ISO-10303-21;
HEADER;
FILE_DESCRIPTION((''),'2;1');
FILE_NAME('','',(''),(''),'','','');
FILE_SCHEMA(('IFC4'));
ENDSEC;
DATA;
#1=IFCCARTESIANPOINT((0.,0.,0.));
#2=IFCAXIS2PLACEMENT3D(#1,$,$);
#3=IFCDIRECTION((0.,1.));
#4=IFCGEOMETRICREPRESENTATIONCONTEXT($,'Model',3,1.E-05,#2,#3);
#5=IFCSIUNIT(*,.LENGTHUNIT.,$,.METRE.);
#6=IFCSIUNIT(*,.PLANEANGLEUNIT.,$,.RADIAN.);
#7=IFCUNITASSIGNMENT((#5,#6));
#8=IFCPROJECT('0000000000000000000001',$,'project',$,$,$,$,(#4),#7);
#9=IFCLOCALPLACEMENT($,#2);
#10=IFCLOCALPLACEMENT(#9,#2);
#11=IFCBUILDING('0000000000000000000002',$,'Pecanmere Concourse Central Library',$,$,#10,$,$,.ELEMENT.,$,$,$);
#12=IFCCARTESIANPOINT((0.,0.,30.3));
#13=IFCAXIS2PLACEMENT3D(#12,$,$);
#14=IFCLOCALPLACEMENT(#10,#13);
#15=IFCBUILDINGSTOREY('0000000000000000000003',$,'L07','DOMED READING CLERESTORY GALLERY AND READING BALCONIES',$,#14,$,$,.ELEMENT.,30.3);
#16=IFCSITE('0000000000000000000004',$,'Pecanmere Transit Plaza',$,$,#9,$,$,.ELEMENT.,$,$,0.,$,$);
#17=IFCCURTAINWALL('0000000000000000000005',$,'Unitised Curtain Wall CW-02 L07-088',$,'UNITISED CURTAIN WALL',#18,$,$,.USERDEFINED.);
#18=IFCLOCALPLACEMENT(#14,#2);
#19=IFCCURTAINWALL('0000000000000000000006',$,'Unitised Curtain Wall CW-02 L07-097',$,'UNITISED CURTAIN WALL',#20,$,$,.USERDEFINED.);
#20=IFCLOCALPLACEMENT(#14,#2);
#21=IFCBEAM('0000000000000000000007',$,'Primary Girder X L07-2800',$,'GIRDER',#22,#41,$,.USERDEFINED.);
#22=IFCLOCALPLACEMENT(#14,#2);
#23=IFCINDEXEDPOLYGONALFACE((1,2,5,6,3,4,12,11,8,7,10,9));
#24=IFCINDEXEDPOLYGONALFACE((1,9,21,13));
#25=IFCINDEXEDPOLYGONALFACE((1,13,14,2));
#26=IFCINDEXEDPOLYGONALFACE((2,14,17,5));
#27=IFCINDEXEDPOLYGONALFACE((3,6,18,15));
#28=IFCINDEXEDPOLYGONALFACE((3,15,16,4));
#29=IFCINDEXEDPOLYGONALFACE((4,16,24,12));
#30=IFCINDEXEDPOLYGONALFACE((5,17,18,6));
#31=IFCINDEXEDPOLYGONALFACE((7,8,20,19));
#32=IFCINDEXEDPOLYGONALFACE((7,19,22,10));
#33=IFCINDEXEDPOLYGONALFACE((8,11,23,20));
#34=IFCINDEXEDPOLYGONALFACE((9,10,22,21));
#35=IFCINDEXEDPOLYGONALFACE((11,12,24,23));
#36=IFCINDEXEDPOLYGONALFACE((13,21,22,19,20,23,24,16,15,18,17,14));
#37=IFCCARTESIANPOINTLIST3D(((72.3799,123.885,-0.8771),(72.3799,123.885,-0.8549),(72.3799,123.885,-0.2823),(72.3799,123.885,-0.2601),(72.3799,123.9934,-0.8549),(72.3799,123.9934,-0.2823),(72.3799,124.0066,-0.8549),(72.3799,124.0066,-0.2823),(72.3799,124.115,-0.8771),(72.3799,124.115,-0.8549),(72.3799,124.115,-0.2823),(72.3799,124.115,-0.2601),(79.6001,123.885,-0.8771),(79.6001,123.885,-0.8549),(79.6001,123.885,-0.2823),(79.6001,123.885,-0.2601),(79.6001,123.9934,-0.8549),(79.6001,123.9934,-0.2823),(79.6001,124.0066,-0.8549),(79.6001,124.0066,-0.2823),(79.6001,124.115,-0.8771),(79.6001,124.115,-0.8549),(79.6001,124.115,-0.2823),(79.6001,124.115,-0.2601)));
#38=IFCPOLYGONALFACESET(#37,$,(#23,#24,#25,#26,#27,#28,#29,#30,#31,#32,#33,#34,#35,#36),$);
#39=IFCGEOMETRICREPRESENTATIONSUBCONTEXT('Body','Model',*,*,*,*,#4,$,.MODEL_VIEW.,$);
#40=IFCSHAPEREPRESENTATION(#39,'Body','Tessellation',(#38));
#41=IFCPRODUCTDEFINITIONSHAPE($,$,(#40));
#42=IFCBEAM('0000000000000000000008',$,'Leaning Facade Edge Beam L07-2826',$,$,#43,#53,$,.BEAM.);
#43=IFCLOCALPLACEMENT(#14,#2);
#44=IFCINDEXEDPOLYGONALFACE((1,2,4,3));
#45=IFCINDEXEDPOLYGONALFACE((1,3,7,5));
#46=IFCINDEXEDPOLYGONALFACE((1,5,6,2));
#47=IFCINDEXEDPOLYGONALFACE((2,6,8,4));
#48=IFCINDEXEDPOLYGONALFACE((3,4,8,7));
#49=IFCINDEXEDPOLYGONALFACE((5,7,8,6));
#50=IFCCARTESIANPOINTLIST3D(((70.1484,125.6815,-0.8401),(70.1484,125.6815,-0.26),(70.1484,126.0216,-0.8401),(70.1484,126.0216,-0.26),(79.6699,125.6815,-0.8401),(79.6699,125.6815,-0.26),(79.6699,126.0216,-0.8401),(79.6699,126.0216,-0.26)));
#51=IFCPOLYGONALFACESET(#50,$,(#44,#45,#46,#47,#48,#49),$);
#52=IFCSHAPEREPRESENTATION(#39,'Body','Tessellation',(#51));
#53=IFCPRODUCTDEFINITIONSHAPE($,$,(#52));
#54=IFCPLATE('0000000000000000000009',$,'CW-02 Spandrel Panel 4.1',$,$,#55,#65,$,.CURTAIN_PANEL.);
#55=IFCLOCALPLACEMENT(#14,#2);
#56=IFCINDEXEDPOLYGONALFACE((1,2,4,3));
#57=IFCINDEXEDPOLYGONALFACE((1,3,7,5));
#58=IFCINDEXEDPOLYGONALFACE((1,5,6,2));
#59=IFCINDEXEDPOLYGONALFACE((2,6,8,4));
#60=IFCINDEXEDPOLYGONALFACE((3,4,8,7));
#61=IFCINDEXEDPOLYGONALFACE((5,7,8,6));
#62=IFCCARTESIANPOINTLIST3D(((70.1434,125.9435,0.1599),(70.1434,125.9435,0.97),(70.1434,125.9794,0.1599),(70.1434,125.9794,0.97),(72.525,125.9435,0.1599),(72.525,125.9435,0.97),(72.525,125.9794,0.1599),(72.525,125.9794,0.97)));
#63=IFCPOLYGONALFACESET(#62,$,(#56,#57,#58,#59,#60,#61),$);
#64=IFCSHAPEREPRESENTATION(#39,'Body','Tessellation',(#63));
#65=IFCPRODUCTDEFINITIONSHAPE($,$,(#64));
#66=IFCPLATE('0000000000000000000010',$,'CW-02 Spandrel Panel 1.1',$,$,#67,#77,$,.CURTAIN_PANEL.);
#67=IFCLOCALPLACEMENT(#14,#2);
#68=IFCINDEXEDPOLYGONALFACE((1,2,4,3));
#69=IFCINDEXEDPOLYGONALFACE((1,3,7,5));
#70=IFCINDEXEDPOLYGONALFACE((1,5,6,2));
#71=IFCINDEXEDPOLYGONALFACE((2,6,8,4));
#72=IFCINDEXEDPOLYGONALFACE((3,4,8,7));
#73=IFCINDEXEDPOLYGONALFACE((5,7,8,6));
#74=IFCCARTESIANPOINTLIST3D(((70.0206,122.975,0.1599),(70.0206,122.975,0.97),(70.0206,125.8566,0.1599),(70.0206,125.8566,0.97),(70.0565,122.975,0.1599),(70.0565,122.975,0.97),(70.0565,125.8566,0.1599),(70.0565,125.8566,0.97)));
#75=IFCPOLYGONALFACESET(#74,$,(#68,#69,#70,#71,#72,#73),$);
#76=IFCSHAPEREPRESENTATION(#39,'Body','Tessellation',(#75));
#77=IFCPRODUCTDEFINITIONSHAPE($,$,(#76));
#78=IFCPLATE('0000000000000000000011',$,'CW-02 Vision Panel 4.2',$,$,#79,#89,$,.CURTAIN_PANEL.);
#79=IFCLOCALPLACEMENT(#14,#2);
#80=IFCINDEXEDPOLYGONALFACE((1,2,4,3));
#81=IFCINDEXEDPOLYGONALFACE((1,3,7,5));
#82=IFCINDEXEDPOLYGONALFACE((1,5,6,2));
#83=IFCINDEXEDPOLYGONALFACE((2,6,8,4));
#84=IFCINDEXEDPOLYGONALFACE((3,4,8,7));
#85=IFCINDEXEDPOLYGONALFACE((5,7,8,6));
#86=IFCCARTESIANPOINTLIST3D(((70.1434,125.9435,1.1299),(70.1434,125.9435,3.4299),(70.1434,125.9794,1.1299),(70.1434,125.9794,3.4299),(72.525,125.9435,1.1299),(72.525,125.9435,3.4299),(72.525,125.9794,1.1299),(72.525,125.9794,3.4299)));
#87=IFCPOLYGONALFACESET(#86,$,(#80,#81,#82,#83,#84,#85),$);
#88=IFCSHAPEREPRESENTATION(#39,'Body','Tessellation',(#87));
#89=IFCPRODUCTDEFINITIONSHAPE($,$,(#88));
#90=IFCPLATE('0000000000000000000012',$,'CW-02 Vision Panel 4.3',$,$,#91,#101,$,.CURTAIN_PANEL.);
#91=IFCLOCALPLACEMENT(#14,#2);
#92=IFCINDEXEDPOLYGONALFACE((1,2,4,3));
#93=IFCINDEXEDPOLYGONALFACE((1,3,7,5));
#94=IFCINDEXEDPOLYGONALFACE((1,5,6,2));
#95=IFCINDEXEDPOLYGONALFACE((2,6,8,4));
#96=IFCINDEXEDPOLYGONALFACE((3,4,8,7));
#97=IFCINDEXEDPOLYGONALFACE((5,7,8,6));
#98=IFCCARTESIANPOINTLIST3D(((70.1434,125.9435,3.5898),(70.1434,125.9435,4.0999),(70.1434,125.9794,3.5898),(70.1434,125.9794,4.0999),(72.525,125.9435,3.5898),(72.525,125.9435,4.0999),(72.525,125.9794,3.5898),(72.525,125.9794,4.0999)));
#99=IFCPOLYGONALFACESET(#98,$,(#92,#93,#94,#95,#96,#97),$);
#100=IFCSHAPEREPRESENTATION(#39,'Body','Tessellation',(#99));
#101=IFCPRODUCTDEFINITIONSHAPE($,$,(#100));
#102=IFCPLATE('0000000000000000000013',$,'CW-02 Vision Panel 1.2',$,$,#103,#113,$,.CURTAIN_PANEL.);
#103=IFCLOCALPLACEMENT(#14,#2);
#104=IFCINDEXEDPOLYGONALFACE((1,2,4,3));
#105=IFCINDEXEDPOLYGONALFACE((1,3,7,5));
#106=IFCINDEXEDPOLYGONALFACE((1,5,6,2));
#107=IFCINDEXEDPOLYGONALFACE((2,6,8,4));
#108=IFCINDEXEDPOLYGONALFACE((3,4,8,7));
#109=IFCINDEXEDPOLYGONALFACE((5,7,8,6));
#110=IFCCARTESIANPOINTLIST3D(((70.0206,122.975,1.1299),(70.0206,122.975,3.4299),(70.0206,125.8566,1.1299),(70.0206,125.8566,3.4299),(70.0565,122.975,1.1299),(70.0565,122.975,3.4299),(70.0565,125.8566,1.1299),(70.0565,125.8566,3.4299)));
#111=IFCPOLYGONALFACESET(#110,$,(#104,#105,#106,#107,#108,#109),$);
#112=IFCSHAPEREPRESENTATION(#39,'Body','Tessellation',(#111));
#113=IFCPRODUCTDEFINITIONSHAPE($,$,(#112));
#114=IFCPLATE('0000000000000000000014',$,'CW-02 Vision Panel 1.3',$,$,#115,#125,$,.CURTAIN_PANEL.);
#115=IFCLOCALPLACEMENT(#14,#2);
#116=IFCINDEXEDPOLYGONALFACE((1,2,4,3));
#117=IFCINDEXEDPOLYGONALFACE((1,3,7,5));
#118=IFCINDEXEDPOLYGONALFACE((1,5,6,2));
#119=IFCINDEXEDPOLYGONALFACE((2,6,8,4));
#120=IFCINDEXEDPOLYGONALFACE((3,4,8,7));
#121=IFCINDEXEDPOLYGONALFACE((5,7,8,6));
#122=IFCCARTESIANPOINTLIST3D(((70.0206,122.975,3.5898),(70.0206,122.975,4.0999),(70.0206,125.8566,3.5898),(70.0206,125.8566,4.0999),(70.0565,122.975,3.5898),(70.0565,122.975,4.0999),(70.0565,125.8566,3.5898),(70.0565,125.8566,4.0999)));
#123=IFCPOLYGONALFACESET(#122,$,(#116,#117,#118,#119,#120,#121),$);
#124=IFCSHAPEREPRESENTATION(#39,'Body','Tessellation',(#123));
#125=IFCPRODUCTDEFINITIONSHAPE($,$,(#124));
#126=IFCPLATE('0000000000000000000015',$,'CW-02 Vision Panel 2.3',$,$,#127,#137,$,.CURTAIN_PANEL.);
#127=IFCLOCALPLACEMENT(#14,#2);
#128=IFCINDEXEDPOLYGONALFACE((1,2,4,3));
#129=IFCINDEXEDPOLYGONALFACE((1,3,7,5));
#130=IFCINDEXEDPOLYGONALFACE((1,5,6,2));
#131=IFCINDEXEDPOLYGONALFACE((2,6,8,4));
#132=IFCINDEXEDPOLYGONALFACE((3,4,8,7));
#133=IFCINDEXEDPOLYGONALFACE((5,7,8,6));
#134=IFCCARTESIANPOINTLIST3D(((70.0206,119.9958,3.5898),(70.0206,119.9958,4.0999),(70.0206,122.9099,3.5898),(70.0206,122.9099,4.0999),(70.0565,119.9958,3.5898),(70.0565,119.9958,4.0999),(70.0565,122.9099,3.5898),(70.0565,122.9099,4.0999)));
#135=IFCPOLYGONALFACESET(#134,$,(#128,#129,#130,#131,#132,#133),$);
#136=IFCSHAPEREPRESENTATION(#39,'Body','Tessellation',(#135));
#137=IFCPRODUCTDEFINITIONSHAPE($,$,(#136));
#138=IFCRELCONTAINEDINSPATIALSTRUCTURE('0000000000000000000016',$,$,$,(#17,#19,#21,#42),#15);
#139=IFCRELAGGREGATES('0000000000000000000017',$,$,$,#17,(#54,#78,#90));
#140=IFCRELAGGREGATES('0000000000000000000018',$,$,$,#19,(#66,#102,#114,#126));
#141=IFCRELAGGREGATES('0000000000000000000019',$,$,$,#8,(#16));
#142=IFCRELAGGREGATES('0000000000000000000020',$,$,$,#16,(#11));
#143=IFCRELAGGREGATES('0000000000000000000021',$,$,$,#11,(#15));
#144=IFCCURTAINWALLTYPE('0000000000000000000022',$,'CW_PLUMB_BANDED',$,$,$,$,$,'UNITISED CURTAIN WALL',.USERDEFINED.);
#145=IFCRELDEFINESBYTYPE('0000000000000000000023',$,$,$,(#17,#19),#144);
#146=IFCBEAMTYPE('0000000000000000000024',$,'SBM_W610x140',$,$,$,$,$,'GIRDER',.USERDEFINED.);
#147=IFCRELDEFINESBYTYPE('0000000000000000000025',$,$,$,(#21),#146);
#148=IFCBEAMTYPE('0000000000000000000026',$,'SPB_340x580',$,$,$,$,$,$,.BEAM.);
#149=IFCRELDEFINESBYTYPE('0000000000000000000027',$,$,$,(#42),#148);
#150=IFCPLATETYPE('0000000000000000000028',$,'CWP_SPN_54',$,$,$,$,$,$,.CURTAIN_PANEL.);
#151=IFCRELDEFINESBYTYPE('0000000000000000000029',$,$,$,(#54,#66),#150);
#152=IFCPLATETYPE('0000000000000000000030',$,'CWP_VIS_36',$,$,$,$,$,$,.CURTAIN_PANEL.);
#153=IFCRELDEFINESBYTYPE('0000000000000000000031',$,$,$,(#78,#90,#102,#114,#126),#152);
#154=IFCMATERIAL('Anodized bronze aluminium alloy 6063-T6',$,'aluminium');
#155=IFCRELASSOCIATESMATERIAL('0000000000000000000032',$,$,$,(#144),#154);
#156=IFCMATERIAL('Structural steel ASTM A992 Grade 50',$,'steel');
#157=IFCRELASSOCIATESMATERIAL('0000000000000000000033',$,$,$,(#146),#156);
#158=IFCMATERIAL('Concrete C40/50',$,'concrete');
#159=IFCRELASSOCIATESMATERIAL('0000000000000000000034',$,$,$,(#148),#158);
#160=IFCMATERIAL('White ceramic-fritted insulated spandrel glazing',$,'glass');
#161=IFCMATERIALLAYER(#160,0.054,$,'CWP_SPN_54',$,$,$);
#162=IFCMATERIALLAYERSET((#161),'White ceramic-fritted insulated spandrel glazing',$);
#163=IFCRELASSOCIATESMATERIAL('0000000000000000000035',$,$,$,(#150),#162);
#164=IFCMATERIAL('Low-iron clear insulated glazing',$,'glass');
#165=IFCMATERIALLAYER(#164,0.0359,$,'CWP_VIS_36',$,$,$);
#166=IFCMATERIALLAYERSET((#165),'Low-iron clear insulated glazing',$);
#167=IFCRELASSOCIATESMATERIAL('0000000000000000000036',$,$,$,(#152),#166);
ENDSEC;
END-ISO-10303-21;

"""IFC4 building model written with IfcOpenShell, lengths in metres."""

from ifc_helpers import new_model, si_unit, direction, frame, origin, origin_2d, place, context, subcontext, project, spatial, rectangle, i_section, extrude, material, layer, layer_set, material_profile, profile_set, type_object, element, aggregate, save


model = new_model("IFC4")

# Units and contexts
model_context = context("Model", 3, precision=1e-05, world=origin(), true_north=direction((0.0, 1.0)))
body_context = subcontext(model_context, "Body", "Model", "MODEL_VIEW")
ifc_project = project(units=[si_unit("LENGTHUNIT", "METRE"), si_unit("PLANEANGLEUNIT", "RADIAN")], contexts=[model_context])

# Site, building, storey
site_placement = place(None, origin())
site = spatial("IfcSite", under=ifc_project, at=site_placement, Name="Pecanmere Transit Plaza", CompositionType="ELEMENT", RefElevation=0.0)
building_placement = place(site_placement, origin())
building = spatial("IfcBuilding", under=site, at=building_placement, Name="Pecanmere Concourse Central Library", CompositionType="ELEMENT")
storey_placement = place(building_placement, frame((0.0, 0.0, 30.3)))
storey = spatial("IfcBuildingStorey", under=building, at=storey_placement, Name="L07", Description="DOMED READING CLERESTORY GALLERY AND READING BALCONIES", CompositionType="ELEMENT", Elevation=30.3)

# Curtain wall
ifc_material_1 = material(Name="Anodized bronze aluminium alloy 6063-T6", Category="aluminium")
curtain_wall_type = type_object("IfcCurtainWallType", Name="CW_PLUMB_BANDED", ElementType="UNITISED CURTAIN WALL", PredefinedType="USERDEFINED", material=ifc_material_1)
curtain_wall_1_placement = place(storey_placement, origin())
curtain_wall_1 = element("IfcCurtainWall", 1, at=curtain_wall_1_placement, inside=storey, type_object=curtain_wall_type, Name="Unitised Curtain Wall CW-02 L07-088", ObjectType="UNITISED CURTAIN WALL", PredefinedType="USERDEFINED")

# Curtain wall
curtain_wall_2_placement = place(storey_placement, origin())
curtain_wall_2 = element("IfcCurtainWall", 2, at=curtain_wall_2_placement, inside=storey, type_object=curtain_wall_type, Name="Unitised Curtain Wall CW-02 L07-097", ObjectType="UNITISED CURTAIN WALL", PredefinedType="USERDEFINED")

# Beams
ifc_material_2 = material(Name="Structural steel ASTM A992 Grade 50", Category="steel")
ifc_material_profile_1 = material_profile(ifc_material_2, i_section(OverallWidth=0.23, OverallDepth=0.6169, WebThickness=0.0132, FlangeThickness=0.0222, at=origin_2d()), Name="W610x140")
ifc_profile_set_1 = profile_set([ifc_material_profile_1], Name="Structural steel ASTM A992 Grade 50")
beam_type_1 = type_object("IfcBeamType", Name="SBM_W610x140", ElementType="GIRDER", PredefinedType="USERDEFINED", material=ifc_profile_set_1)
beam_1_placement = place(storey_placement, frame((72.3799, 124.0, -0.5686), z_axis=(1.0, 0.0, 0.0), x_axis=(0.0, 1.0, 0.0)))
element("IfcBeam", 3, at=beam_1_placement, inside=storey, type_object=beam_type_1, Name="Primary Girder X L07-2800", ObjectType="GIRDER", PredefinedType="USERDEFINED", context=body_context, shape_type="SweptSolid", body=[
    extrude(i_section(OverallWidth=0.23, OverallDepth=0.6169, WebThickness=0.0132, FlangeThickness=0.0222, at=origin_2d()), origin(), (0.0, 0.0, 1.0), 7.2202),
])
ifc_material_3 = material(Name="Concrete C40/50", Category="concrete")
ifc_material_profile_2 = material_profile(ifc_material_3, rectangle(XDim=0.3401, YDim=0.5801, at=origin_2d()), Name="RC 340x580")
ifc_profile_set_2 = profile_set([ifc_material_profile_2], Name="Concrete C40/50")
beam_type_2 = type_object("IfcBeamType", Name="SPB_340x580", PredefinedType="BEAM", material=ifc_profile_set_2)
beam_2_placement = place(storey_placement, frame((70.1484, 125.8516, -0.55), z_axis=(1.0, 0.0, 0.0), x_axis=(0.0, 1.0, 0.0)))
element("IfcBeam", 4, at=beam_2_placement, inside=storey, type_object=beam_type_2, Name="Leaning Facade Edge Beam L07-2826", PredefinedType="BEAM", context=body_context, shape_type="SweptSolid", body=[
    extrude(rectangle(XDim=0.3401, YDim=0.5801, at=origin_2d()), origin(), (0.0, 0.0, 1.0), 9.5215),
])

# Plates
ifc_material_4 = material(Name="White ceramic-fritted insulated spandrel glazing", Category="glass")
ifc_layer_1 = layer(ifc_material_4, 0.054, Name="CWP_SPN_54")
ifc_layer_set_1 = layer_set([ifc_layer_1], Name="White ceramic-fritted insulated spandrel glazing")
plate_type_1 = type_object("IfcPlateType", Name="CWP_SPN_54", PredefinedType="CURTAIN_PANEL", material=ifc_layer_set_1)
plate_1_placement = place(storey_placement, frame((71.3342, 125.9614, 0.1599), z_axis=(0.0, 0.0, 1.0), x_axis=(-1.0, 0.0, 0.0)))
plate_1 = element("IfcPlate", 5, at=plate_1_placement, type_object=plate_type_1, Name="CW-02 Spandrel Panel 4.1", PredefinedType="CURTAIN_PANEL", context=body_context, shape_type="SweptSolid", body=[
    extrude(rectangle(XDim=2.3816, YDim=0.0359, at=origin_2d()), origin(), (0.0, 0.0, 1.0), 0.8101),
])
plate_2_placement = place(storey_placement, frame((70.0386, 124.4158, 0.1599), z_axis=(0.0, 0.0, 1.0), x_axis=(0.0, -1.0, 0.0)))
plate_2 = element("IfcPlate", 6, at=plate_2_placement, type_object=plate_type_1, Name="CW-02 Spandrel Panel 1.1", PredefinedType="CURTAIN_PANEL", context=body_context, shape_type="SweptSolid", body=[
    extrude(rectangle(XDim=2.8816, YDim=0.0359, at=origin_2d()), origin(), (0.0, 0.0, 1.0), 0.8101),
])
ifc_material_5 = material(Name="Low-iron clear insulated glazing", Category="glass")
ifc_layer_2 = layer(ifc_material_5, 0.0359, Name="CWP_VIS_36")
ifc_layer_set_2 = layer_set([ifc_layer_2], Name="Low-iron clear insulated glazing")
plate_type_2 = type_object("IfcPlateType", Name="CWP_VIS_36", PredefinedType="CURTAIN_PANEL", material=ifc_layer_set_2)
plate_3_placement = place(storey_placement, frame((71.3342, 125.9614, 1.1299), z_axis=(0.0, 0.0, 1.0), x_axis=(-1.0, 0.0, 0.0)))
plate_3 = element("IfcPlate", 7, at=plate_3_placement, type_object=plate_type_2, Name="CW-02 Vision Panel 4.2", PredefinedType="CURTAIN_PANEL", context=body_context, shape_type="SweptSolid", body=[
    extrude(rectangle(XDim=2.3816, YDim=0.0359, at=origin_2d()), origin(), (0.0, 0.0, 1.0), 2.3),
])
plate_4_placement = place(storey_placement, frame((71.3342, 125.9614, 3.5898), z_axis=(0.0, 0.0, 1.0), x_axis=(-1.0, 0.0, 0.0)))
plate_4 = element("IfcPlate", 8, at=plate_4_placement, type_object=plate_type_2, Name="CW-02 Vision Panel 4.3", PredefinedType="CURTAIN_PANEL", context=body_context, shape_type="SweptSolid", body=[
    extrude(rectangle(XDim=2.3816, YDim=0.0359, at=origin_2d()), origin(), (0.0, 0.0, 1.0), 0.51),
])
aggregate(curtain_wall_1, [plate_1, plate_3, plate_4])
plate_5_placement = place(storey_placement, frame((70.0386, 124.4158, 1.1299), z_axis=(0.0, 0.0, 1.0), x_axis=(0.0, -1.0, 0.0)))
plate_5 = element("IfcPlate", 9, at=plate_5_placement, type_object=plate_type_2, Name="CW-02 Vision Panel 1.2", PredefinedType="CURTAIN_PANEL", context=body_context, shape_type="SweptSolid", body=[
    extrude(rectangle(XDim=2.8816, YDim=0.0359, at=origin_2d()), origin(), (0.0, 0.0, 1.0), 2.3),
])
plate_6_placement = place(storey_placement, frame((70.0386, 124.4158, 3.5898), z_axis=(0.0, 0.0, 1.0), x_axis=(0.0, -1.0, 0.0)))
plate_6 = element("IfcPlate", 10, at=plate_6_placement, type_object=plate_type_2, Name="CW-02 Vision Panel 1.3", PredefinedType="CURTAIN_PANEL", context=body_context, shape_type="SweptSolid", body=[
    extrude(rectangle(XDim=2.8816, YDim=0.0359, at=origin_2d()), origin(), (0.0, 0.0, 1.0), 0.51),
])
plate_7_placement = place(storey_placement, frame((70.0386, 121.4529, 3.5898), z_axis=(0.0, 0.0, 1.0), x_axis=(0.0, -1.0, 0.0)))
plate_7 = element("IfcPlate", 11, at=plate_7_placement, type_object=plate_type_2, Name="CW-02 Vision Panel 2.3", PredefinedType="CURTAIN_PANEL", context=body_context, shape_type="SweptSolid", body=[
    extrude(rectangle(XDim=2.9141, YDim=0.0359, at=origin_2d()), origin(), (0.0, 0.0, 1.0), 0.51),
])
aggregate(curtain_wall_2, [plate_2, plate_5, plate_6, plate_7])

save(model, "model.ifc")
